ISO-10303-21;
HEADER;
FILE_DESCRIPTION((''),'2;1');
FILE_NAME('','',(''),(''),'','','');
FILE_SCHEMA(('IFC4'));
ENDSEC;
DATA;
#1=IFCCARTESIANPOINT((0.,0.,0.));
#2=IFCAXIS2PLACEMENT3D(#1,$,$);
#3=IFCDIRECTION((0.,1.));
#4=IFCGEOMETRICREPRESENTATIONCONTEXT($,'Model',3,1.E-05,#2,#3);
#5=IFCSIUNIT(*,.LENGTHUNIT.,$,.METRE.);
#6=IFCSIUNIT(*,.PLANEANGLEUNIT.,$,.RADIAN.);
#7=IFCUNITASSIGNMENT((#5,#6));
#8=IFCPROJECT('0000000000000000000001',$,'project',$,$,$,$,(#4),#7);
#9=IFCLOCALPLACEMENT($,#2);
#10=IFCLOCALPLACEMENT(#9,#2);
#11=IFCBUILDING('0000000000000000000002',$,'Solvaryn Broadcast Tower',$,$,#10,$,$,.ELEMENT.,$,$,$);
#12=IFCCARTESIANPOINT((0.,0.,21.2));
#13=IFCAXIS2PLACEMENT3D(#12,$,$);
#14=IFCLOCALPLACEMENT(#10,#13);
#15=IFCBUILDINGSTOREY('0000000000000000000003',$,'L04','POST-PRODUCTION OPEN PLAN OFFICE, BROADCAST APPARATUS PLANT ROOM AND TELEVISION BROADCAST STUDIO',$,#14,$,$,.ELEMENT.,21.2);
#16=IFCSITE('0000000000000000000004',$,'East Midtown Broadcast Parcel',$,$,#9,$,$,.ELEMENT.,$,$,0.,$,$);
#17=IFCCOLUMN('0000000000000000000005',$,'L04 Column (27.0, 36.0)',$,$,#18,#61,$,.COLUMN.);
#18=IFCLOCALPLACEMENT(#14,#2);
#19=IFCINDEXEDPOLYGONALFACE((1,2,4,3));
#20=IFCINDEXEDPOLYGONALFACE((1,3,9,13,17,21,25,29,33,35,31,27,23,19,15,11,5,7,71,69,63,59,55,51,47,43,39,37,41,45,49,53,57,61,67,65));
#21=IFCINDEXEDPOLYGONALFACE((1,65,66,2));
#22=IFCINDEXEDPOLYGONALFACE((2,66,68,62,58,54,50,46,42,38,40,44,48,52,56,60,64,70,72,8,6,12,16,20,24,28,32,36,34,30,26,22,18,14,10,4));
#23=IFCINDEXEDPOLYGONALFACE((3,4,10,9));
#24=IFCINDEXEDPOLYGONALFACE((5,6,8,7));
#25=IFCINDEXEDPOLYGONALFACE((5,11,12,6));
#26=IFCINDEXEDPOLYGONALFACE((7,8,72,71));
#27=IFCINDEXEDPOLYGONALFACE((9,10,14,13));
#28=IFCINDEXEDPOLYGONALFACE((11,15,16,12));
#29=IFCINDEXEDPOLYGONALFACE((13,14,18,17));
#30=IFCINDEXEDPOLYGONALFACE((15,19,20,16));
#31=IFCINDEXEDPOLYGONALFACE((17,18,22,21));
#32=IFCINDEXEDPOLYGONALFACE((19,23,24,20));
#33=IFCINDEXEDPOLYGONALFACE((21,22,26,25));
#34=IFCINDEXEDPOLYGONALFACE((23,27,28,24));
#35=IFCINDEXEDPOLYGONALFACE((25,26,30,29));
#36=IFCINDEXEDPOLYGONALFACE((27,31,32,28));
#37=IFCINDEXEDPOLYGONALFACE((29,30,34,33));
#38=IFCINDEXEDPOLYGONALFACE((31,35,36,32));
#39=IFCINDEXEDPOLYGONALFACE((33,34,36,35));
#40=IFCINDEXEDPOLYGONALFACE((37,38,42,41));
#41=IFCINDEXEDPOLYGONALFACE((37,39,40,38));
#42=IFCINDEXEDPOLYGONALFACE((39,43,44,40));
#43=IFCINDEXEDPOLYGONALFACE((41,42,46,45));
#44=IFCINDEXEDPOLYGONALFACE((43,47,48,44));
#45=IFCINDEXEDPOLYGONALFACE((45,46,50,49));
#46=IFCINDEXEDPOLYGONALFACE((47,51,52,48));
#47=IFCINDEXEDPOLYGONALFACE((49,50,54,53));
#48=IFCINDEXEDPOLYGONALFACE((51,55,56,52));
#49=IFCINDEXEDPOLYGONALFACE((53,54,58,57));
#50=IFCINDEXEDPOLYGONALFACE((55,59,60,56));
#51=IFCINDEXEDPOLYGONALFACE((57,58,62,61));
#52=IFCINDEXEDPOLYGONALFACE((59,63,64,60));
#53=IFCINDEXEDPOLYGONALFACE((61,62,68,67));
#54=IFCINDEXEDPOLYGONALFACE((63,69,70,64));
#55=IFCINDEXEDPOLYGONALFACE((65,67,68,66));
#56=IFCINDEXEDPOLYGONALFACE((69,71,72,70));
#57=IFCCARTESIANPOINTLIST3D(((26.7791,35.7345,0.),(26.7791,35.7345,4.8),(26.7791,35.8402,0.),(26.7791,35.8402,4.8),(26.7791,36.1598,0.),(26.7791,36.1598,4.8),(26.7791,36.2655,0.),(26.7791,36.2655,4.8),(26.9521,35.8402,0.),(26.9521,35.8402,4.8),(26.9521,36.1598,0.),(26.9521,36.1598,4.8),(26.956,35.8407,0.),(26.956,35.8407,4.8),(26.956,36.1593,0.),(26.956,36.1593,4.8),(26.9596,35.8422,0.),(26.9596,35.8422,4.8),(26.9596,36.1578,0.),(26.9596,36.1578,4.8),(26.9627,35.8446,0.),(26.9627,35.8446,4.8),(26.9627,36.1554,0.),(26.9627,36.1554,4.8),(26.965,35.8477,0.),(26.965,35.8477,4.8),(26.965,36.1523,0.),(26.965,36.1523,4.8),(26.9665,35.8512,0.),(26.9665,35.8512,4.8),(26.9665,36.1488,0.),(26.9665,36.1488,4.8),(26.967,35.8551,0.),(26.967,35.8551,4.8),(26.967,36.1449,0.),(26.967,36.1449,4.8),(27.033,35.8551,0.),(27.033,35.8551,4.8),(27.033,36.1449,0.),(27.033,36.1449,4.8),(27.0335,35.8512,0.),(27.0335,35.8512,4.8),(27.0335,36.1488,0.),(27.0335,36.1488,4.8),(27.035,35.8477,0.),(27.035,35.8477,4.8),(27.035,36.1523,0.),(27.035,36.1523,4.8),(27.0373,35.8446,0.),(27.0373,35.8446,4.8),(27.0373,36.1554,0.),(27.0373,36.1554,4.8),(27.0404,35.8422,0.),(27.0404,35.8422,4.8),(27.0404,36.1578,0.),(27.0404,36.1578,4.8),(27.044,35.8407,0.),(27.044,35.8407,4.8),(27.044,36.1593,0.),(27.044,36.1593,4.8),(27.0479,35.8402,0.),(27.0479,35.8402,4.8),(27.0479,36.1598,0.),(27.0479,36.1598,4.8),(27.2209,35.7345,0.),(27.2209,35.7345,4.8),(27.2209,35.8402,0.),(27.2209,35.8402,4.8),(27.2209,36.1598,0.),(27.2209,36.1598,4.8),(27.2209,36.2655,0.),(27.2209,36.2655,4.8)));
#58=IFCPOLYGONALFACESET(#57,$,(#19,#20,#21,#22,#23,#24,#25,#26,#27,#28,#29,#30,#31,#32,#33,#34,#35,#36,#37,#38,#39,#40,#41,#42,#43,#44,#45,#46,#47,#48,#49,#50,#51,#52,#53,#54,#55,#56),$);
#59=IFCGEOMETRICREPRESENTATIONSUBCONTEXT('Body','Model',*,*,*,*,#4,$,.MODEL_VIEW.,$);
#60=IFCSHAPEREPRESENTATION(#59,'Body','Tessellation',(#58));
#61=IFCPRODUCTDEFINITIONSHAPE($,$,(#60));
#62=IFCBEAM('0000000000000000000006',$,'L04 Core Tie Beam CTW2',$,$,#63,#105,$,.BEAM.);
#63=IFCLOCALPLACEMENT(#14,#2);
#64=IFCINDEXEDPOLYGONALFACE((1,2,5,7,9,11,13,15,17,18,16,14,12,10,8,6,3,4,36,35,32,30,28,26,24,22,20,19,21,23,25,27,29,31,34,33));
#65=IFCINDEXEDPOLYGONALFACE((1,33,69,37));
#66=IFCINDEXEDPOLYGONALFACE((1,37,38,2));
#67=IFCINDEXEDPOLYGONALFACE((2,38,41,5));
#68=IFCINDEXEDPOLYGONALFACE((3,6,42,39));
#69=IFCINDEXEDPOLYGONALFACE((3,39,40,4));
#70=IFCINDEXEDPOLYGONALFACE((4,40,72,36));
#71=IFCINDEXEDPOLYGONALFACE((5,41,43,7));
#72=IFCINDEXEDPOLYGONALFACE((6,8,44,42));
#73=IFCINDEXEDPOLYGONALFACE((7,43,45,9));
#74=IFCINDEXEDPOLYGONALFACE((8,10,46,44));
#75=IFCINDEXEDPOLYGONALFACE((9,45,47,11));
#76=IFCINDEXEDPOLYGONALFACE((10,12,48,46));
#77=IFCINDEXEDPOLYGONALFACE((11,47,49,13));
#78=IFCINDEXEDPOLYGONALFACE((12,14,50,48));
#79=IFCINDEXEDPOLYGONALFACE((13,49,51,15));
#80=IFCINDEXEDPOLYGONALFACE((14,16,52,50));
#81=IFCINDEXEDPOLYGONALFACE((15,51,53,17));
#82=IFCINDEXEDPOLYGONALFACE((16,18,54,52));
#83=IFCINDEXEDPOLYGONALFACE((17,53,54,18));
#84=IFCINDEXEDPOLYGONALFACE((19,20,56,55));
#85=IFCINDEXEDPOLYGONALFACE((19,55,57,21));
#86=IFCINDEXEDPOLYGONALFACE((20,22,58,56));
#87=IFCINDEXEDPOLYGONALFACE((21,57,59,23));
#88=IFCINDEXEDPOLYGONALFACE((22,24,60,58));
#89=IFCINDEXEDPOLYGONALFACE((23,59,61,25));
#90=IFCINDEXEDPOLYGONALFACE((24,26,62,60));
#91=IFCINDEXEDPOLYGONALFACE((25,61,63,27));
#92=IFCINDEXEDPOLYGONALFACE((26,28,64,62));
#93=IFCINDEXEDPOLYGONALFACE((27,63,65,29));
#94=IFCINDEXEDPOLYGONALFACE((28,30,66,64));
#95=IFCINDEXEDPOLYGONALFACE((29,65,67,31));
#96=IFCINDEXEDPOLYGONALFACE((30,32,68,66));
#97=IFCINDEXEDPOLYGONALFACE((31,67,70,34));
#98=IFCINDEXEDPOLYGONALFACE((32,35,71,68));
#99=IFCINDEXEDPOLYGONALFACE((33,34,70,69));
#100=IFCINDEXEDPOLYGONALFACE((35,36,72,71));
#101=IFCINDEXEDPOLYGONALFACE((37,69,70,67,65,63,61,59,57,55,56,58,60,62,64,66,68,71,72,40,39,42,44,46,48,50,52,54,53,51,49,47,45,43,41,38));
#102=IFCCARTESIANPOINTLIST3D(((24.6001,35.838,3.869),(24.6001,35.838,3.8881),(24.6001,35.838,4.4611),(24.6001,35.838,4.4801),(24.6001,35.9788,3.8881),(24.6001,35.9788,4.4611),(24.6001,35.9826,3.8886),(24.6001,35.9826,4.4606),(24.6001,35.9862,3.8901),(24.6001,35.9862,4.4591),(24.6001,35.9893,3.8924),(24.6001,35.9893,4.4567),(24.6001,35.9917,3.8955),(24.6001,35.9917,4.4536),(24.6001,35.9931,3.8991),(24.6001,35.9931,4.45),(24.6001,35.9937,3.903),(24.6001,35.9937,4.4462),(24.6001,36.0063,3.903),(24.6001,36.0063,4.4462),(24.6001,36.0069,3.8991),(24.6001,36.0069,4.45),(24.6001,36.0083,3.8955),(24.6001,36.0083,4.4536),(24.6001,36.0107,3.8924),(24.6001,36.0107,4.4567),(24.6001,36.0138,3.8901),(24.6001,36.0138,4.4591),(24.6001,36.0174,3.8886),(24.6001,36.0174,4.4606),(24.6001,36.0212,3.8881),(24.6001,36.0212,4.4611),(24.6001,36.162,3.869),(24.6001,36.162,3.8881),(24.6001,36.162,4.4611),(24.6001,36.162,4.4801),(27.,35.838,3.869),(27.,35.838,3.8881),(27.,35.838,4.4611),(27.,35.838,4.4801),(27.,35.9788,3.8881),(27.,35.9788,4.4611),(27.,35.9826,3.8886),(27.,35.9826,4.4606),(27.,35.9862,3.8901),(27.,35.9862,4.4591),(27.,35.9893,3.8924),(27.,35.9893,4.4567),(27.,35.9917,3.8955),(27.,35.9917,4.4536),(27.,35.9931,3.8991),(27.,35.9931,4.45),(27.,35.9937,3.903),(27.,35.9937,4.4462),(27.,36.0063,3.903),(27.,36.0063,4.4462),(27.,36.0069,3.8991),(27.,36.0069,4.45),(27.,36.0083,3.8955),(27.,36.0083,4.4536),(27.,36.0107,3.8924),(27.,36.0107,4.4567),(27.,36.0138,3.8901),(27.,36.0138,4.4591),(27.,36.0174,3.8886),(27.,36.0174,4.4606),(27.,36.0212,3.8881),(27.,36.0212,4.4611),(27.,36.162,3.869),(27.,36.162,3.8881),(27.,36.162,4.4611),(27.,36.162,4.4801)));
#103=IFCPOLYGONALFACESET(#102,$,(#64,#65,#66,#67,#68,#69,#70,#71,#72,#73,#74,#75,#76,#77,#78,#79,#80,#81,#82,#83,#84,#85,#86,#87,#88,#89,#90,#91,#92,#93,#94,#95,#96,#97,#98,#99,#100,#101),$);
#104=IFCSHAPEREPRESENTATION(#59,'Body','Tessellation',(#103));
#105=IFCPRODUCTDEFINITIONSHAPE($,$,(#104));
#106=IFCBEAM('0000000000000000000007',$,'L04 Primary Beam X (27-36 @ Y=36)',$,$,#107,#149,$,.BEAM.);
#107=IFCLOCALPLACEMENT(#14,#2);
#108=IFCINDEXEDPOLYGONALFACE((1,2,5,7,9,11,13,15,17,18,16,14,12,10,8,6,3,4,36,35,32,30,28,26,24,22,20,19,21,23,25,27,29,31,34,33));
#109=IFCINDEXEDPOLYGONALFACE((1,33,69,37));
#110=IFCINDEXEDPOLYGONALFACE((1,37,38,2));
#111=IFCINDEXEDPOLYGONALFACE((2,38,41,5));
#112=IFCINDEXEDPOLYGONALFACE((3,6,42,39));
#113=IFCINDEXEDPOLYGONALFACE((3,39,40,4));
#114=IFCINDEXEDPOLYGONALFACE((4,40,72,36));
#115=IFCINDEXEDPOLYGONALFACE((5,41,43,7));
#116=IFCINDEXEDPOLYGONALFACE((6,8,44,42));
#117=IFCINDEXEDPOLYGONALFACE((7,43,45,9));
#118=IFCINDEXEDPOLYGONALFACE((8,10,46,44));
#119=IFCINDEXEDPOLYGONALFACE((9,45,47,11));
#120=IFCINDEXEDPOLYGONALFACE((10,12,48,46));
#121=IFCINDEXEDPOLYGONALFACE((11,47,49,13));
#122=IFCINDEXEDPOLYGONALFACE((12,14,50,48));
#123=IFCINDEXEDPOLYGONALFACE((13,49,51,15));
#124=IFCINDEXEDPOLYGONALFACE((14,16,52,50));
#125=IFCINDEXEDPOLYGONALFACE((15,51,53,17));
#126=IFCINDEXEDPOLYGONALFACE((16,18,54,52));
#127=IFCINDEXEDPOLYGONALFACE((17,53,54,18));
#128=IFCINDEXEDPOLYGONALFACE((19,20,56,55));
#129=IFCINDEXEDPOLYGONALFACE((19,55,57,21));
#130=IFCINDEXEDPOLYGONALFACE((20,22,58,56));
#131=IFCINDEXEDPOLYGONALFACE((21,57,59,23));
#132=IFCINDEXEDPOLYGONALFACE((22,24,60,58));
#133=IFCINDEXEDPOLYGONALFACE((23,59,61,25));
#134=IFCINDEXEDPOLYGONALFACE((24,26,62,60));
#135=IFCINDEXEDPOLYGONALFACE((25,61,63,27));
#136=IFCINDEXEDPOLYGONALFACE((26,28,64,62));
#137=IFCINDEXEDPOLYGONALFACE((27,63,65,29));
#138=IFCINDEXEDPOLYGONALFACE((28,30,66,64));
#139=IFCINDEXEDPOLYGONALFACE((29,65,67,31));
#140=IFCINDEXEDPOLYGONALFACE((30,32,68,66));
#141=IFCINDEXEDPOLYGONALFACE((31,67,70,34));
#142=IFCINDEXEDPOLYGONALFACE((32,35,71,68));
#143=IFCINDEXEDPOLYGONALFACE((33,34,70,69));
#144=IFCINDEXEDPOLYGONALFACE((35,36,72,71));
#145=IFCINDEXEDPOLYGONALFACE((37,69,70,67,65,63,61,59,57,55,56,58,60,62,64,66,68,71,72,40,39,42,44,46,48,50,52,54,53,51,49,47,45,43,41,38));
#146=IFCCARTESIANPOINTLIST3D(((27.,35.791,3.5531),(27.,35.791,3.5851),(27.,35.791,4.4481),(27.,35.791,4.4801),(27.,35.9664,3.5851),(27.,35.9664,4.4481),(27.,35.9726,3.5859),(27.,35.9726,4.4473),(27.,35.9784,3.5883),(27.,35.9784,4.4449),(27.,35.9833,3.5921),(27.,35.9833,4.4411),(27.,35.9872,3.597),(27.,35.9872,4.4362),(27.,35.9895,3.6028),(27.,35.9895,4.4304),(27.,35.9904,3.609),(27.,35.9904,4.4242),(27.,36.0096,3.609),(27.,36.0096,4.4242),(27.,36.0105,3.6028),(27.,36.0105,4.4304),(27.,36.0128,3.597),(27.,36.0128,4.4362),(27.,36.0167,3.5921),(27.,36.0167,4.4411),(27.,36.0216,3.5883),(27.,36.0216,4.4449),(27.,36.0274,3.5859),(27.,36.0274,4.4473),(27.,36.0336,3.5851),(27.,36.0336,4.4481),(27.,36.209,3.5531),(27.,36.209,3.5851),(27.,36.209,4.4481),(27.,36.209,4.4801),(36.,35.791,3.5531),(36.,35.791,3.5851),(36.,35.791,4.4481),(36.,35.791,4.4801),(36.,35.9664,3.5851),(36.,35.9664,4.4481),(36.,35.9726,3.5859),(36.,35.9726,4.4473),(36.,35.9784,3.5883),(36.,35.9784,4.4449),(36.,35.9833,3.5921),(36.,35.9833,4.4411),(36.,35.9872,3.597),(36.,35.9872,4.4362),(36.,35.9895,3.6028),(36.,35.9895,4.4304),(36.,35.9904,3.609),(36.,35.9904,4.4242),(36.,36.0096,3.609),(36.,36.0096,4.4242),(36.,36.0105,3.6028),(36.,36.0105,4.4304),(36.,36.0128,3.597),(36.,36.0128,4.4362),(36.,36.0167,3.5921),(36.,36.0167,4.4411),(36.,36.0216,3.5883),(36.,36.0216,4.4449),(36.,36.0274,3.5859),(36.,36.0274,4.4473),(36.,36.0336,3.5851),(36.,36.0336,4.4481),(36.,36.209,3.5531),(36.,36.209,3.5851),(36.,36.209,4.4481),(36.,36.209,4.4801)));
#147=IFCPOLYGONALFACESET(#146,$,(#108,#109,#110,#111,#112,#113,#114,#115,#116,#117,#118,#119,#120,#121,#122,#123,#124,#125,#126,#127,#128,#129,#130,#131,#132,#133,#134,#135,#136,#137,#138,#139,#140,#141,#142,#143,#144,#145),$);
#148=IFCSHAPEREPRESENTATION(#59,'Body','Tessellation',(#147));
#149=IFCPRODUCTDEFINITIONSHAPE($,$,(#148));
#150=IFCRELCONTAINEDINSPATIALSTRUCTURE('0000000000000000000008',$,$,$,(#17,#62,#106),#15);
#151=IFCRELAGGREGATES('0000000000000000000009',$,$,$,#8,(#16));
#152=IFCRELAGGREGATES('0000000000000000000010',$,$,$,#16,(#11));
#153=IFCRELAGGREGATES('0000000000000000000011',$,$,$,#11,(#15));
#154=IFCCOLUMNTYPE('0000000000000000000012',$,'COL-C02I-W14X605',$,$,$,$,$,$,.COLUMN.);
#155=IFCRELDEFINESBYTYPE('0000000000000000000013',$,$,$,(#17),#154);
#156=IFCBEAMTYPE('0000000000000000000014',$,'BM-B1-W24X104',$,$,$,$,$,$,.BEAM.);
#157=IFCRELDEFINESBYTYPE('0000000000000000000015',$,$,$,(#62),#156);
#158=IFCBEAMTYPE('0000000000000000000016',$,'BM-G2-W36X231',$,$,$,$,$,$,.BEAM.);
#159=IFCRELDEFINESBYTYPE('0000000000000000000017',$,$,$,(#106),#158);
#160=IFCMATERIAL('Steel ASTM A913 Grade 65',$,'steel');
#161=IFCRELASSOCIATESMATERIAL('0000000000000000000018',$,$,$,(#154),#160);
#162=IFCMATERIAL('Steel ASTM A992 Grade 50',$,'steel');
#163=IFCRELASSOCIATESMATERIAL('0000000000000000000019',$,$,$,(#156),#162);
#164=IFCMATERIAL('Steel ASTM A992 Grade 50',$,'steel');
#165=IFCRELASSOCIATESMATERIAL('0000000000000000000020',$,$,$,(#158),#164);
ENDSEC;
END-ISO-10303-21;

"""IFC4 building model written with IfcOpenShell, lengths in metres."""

from ifc_helpers import new_model, si_unit, direction, frame, origin, origin_2d, place, context, subcontext, project, spatial, i_section, extrude, material, material_profile, profile_set, type_object, element, save


model = new_model("IFC4")

# Units and contexts
model_context = context("Model", 3, precision=1e-05, world=origin(), true_north=direction((0.0, 1.0)))
body_context = subcontext(model_context, "Body", "Model", "MODEL_VIEW")
ifc_project = project(units=[si_unit("LENGTHUNIT", "METRE"), si_unit("PLANEANGLEUNIT", "RADIAN")], contexts=[model_context])

# Site, building, storey
site_placement = place(None, origin())
site = spatial("IfcSite", under=ifc_project, at=site_placement, Name="East Midtown Broadcast Parcel", CompositionType="ELEMENT", RefElevation=0.0)
building_placement = place(site_placement, origin())
building = spatial("IfcBuilding", under=site, at=building_placement, Name="Solvaryn Broadcast Tower", CompositionType="ELEMENT")
storey_placement = place(building_placement, frame((0.0, 0.0, 21.2)))
storey = spatial("IfcBuildingStorey", under=building, at=storey_placement, Name="L04", Description="POST-PRODUCTION OPEN PLAN OFFICE, BROADCAST APPARATUS PLANT ROOM AND TELEVISION BROADCAST STUDIO", CompositionType="ELEMENT", Elevation=21.2)

# Column
ifc_material_1 = material(Name="Steel ASTM A913 Grade 65", Category="steel")
ifc_material_profile_1 = material_profile(ifc_material_1, i_section(OverallWidth=0.4419, OverallDepth=0.531, WebThickness=0.0659, FlangeThickness=0.1057, FilletRadius=0.0149, at=origin_2d()))
ifc_profile_set_1 = profile_set([ifc_material_profile_1], Name="Steel ASTM A913 Grade 65")
column_type = type_object("IfcColumnType", Name="COL-C02I-W14X605", PredefinedType="COLUMN", material=ifc_profile_set_1)
column_placement = place(storey_placement, frame((27.0, 36.0, 0.0), z_axis=(0.0, 0.0, 1.0), x_axis=(1.0, 0.0, 0.0)))
element("IfcColumn", 1, at=column_placement, inside=storey, type_object=column_type, Name="L04 Column (27.0, 36.0)", PredefinedType="COLUMN", context=body_context, shape_type="SweptSolid", body=[
    extrude(i_section(OverallWidth=0.4419, OverallDepth=0.531, WebThickness=0.0659, FlangeThickness=0.1057, FilletRadius=0.0149, at=origin_2d()), origin(), (0.0, 0.0, 1.0), 4.8),
])

# Beams
ifc_material_2 = material(Name="Steel ASTM A992 Grade 50", Category="steel")
ifc_material_profile_2 = material_profile(ifc_material_2, i_section(OverallWidth=0.324, OverallDepth=0.6111, WebThickness=0.0127, FlangeThickness=0.019, FilletRadius=0.0149, at=origin_2d()))
ifc_profile_set_2 = profile_set([ifc_material_profile_2], Name="Steel ASTM A992 Grade 50")
beam_type_1 = type_object("IfcBeamType", Name="BM-B1-W24X104", PredefinedType="BEAM", material=ifc_profile_set_2)
beam_1_placement = place(storey_placement, frame((24.6001, 36.0, 4.1746), z_axis=(1.0, 0.0, 0.0), x_axis=(0.0, 1.0, 0.0)))
element("IfcBeam", 2, at=beam_1_placement, inside=storey, type_object=beam_type_1, Name="L04 Core Tie Beam CTW2", PredefinedType="BEAM", context=body_context, shape_type="SweptSolid", body=[
    extrude(i_section(OverallWidth=0.324, OverallDepth=0.6111, WebThickness=0.0127, FlangeThickness=0.019, FilletRadius=0.0149, at=origin_2d()), origin(), (0.0, 0.0, 1.0), 2.3999),
])
ifc_material_3 = material(Name="Steel ASTM A992 Grade 50", Category="steel")
ifc_material_profile_3 = material_profile(ifc_material_3, i_section(OverallWidth=0.418, OverallDepth=0.927, WebThickness=0.0193, FlangeThickness=0.032, FilletRadius=0.0239, at=origin_2d()))
ifc_profile_set_3 = profile_set([ifc_material_profile_3], Name="Steel ASTM A992 Grade 50")
beam_type_2 = type_object("IfcBeamType", Name="BM-G2-W36X231", PredefinedType="BEAM", material=ifc_profile_set_3)
beam_2_placement = place(storey_placement, frame((27.0, 36.0, 4.0166), z_axis=(1.0, 0.0, 0.0), x_axis=(0.0, 1.0, 0.0)))
element("IfcBeam", 3, at=beam_2_placement, inside=storey, type_object=beam_type_2, Name="L04 Primary Beam X (27-36 @ Y=36)", PredefinedType="BEAM", context=body_context, shape_type="SweptSolid", body=[
    extrude(i_section(OverallWidth=0.418, OverallDepth=0.927, WebThickness=0.0193, FlangeThickness=0.032, FilletRadius=0.0239, at=origin_2d()), origin(), (0.0, 0.0, 1.0), 9.0),
])

save(model, "model.ifc")
